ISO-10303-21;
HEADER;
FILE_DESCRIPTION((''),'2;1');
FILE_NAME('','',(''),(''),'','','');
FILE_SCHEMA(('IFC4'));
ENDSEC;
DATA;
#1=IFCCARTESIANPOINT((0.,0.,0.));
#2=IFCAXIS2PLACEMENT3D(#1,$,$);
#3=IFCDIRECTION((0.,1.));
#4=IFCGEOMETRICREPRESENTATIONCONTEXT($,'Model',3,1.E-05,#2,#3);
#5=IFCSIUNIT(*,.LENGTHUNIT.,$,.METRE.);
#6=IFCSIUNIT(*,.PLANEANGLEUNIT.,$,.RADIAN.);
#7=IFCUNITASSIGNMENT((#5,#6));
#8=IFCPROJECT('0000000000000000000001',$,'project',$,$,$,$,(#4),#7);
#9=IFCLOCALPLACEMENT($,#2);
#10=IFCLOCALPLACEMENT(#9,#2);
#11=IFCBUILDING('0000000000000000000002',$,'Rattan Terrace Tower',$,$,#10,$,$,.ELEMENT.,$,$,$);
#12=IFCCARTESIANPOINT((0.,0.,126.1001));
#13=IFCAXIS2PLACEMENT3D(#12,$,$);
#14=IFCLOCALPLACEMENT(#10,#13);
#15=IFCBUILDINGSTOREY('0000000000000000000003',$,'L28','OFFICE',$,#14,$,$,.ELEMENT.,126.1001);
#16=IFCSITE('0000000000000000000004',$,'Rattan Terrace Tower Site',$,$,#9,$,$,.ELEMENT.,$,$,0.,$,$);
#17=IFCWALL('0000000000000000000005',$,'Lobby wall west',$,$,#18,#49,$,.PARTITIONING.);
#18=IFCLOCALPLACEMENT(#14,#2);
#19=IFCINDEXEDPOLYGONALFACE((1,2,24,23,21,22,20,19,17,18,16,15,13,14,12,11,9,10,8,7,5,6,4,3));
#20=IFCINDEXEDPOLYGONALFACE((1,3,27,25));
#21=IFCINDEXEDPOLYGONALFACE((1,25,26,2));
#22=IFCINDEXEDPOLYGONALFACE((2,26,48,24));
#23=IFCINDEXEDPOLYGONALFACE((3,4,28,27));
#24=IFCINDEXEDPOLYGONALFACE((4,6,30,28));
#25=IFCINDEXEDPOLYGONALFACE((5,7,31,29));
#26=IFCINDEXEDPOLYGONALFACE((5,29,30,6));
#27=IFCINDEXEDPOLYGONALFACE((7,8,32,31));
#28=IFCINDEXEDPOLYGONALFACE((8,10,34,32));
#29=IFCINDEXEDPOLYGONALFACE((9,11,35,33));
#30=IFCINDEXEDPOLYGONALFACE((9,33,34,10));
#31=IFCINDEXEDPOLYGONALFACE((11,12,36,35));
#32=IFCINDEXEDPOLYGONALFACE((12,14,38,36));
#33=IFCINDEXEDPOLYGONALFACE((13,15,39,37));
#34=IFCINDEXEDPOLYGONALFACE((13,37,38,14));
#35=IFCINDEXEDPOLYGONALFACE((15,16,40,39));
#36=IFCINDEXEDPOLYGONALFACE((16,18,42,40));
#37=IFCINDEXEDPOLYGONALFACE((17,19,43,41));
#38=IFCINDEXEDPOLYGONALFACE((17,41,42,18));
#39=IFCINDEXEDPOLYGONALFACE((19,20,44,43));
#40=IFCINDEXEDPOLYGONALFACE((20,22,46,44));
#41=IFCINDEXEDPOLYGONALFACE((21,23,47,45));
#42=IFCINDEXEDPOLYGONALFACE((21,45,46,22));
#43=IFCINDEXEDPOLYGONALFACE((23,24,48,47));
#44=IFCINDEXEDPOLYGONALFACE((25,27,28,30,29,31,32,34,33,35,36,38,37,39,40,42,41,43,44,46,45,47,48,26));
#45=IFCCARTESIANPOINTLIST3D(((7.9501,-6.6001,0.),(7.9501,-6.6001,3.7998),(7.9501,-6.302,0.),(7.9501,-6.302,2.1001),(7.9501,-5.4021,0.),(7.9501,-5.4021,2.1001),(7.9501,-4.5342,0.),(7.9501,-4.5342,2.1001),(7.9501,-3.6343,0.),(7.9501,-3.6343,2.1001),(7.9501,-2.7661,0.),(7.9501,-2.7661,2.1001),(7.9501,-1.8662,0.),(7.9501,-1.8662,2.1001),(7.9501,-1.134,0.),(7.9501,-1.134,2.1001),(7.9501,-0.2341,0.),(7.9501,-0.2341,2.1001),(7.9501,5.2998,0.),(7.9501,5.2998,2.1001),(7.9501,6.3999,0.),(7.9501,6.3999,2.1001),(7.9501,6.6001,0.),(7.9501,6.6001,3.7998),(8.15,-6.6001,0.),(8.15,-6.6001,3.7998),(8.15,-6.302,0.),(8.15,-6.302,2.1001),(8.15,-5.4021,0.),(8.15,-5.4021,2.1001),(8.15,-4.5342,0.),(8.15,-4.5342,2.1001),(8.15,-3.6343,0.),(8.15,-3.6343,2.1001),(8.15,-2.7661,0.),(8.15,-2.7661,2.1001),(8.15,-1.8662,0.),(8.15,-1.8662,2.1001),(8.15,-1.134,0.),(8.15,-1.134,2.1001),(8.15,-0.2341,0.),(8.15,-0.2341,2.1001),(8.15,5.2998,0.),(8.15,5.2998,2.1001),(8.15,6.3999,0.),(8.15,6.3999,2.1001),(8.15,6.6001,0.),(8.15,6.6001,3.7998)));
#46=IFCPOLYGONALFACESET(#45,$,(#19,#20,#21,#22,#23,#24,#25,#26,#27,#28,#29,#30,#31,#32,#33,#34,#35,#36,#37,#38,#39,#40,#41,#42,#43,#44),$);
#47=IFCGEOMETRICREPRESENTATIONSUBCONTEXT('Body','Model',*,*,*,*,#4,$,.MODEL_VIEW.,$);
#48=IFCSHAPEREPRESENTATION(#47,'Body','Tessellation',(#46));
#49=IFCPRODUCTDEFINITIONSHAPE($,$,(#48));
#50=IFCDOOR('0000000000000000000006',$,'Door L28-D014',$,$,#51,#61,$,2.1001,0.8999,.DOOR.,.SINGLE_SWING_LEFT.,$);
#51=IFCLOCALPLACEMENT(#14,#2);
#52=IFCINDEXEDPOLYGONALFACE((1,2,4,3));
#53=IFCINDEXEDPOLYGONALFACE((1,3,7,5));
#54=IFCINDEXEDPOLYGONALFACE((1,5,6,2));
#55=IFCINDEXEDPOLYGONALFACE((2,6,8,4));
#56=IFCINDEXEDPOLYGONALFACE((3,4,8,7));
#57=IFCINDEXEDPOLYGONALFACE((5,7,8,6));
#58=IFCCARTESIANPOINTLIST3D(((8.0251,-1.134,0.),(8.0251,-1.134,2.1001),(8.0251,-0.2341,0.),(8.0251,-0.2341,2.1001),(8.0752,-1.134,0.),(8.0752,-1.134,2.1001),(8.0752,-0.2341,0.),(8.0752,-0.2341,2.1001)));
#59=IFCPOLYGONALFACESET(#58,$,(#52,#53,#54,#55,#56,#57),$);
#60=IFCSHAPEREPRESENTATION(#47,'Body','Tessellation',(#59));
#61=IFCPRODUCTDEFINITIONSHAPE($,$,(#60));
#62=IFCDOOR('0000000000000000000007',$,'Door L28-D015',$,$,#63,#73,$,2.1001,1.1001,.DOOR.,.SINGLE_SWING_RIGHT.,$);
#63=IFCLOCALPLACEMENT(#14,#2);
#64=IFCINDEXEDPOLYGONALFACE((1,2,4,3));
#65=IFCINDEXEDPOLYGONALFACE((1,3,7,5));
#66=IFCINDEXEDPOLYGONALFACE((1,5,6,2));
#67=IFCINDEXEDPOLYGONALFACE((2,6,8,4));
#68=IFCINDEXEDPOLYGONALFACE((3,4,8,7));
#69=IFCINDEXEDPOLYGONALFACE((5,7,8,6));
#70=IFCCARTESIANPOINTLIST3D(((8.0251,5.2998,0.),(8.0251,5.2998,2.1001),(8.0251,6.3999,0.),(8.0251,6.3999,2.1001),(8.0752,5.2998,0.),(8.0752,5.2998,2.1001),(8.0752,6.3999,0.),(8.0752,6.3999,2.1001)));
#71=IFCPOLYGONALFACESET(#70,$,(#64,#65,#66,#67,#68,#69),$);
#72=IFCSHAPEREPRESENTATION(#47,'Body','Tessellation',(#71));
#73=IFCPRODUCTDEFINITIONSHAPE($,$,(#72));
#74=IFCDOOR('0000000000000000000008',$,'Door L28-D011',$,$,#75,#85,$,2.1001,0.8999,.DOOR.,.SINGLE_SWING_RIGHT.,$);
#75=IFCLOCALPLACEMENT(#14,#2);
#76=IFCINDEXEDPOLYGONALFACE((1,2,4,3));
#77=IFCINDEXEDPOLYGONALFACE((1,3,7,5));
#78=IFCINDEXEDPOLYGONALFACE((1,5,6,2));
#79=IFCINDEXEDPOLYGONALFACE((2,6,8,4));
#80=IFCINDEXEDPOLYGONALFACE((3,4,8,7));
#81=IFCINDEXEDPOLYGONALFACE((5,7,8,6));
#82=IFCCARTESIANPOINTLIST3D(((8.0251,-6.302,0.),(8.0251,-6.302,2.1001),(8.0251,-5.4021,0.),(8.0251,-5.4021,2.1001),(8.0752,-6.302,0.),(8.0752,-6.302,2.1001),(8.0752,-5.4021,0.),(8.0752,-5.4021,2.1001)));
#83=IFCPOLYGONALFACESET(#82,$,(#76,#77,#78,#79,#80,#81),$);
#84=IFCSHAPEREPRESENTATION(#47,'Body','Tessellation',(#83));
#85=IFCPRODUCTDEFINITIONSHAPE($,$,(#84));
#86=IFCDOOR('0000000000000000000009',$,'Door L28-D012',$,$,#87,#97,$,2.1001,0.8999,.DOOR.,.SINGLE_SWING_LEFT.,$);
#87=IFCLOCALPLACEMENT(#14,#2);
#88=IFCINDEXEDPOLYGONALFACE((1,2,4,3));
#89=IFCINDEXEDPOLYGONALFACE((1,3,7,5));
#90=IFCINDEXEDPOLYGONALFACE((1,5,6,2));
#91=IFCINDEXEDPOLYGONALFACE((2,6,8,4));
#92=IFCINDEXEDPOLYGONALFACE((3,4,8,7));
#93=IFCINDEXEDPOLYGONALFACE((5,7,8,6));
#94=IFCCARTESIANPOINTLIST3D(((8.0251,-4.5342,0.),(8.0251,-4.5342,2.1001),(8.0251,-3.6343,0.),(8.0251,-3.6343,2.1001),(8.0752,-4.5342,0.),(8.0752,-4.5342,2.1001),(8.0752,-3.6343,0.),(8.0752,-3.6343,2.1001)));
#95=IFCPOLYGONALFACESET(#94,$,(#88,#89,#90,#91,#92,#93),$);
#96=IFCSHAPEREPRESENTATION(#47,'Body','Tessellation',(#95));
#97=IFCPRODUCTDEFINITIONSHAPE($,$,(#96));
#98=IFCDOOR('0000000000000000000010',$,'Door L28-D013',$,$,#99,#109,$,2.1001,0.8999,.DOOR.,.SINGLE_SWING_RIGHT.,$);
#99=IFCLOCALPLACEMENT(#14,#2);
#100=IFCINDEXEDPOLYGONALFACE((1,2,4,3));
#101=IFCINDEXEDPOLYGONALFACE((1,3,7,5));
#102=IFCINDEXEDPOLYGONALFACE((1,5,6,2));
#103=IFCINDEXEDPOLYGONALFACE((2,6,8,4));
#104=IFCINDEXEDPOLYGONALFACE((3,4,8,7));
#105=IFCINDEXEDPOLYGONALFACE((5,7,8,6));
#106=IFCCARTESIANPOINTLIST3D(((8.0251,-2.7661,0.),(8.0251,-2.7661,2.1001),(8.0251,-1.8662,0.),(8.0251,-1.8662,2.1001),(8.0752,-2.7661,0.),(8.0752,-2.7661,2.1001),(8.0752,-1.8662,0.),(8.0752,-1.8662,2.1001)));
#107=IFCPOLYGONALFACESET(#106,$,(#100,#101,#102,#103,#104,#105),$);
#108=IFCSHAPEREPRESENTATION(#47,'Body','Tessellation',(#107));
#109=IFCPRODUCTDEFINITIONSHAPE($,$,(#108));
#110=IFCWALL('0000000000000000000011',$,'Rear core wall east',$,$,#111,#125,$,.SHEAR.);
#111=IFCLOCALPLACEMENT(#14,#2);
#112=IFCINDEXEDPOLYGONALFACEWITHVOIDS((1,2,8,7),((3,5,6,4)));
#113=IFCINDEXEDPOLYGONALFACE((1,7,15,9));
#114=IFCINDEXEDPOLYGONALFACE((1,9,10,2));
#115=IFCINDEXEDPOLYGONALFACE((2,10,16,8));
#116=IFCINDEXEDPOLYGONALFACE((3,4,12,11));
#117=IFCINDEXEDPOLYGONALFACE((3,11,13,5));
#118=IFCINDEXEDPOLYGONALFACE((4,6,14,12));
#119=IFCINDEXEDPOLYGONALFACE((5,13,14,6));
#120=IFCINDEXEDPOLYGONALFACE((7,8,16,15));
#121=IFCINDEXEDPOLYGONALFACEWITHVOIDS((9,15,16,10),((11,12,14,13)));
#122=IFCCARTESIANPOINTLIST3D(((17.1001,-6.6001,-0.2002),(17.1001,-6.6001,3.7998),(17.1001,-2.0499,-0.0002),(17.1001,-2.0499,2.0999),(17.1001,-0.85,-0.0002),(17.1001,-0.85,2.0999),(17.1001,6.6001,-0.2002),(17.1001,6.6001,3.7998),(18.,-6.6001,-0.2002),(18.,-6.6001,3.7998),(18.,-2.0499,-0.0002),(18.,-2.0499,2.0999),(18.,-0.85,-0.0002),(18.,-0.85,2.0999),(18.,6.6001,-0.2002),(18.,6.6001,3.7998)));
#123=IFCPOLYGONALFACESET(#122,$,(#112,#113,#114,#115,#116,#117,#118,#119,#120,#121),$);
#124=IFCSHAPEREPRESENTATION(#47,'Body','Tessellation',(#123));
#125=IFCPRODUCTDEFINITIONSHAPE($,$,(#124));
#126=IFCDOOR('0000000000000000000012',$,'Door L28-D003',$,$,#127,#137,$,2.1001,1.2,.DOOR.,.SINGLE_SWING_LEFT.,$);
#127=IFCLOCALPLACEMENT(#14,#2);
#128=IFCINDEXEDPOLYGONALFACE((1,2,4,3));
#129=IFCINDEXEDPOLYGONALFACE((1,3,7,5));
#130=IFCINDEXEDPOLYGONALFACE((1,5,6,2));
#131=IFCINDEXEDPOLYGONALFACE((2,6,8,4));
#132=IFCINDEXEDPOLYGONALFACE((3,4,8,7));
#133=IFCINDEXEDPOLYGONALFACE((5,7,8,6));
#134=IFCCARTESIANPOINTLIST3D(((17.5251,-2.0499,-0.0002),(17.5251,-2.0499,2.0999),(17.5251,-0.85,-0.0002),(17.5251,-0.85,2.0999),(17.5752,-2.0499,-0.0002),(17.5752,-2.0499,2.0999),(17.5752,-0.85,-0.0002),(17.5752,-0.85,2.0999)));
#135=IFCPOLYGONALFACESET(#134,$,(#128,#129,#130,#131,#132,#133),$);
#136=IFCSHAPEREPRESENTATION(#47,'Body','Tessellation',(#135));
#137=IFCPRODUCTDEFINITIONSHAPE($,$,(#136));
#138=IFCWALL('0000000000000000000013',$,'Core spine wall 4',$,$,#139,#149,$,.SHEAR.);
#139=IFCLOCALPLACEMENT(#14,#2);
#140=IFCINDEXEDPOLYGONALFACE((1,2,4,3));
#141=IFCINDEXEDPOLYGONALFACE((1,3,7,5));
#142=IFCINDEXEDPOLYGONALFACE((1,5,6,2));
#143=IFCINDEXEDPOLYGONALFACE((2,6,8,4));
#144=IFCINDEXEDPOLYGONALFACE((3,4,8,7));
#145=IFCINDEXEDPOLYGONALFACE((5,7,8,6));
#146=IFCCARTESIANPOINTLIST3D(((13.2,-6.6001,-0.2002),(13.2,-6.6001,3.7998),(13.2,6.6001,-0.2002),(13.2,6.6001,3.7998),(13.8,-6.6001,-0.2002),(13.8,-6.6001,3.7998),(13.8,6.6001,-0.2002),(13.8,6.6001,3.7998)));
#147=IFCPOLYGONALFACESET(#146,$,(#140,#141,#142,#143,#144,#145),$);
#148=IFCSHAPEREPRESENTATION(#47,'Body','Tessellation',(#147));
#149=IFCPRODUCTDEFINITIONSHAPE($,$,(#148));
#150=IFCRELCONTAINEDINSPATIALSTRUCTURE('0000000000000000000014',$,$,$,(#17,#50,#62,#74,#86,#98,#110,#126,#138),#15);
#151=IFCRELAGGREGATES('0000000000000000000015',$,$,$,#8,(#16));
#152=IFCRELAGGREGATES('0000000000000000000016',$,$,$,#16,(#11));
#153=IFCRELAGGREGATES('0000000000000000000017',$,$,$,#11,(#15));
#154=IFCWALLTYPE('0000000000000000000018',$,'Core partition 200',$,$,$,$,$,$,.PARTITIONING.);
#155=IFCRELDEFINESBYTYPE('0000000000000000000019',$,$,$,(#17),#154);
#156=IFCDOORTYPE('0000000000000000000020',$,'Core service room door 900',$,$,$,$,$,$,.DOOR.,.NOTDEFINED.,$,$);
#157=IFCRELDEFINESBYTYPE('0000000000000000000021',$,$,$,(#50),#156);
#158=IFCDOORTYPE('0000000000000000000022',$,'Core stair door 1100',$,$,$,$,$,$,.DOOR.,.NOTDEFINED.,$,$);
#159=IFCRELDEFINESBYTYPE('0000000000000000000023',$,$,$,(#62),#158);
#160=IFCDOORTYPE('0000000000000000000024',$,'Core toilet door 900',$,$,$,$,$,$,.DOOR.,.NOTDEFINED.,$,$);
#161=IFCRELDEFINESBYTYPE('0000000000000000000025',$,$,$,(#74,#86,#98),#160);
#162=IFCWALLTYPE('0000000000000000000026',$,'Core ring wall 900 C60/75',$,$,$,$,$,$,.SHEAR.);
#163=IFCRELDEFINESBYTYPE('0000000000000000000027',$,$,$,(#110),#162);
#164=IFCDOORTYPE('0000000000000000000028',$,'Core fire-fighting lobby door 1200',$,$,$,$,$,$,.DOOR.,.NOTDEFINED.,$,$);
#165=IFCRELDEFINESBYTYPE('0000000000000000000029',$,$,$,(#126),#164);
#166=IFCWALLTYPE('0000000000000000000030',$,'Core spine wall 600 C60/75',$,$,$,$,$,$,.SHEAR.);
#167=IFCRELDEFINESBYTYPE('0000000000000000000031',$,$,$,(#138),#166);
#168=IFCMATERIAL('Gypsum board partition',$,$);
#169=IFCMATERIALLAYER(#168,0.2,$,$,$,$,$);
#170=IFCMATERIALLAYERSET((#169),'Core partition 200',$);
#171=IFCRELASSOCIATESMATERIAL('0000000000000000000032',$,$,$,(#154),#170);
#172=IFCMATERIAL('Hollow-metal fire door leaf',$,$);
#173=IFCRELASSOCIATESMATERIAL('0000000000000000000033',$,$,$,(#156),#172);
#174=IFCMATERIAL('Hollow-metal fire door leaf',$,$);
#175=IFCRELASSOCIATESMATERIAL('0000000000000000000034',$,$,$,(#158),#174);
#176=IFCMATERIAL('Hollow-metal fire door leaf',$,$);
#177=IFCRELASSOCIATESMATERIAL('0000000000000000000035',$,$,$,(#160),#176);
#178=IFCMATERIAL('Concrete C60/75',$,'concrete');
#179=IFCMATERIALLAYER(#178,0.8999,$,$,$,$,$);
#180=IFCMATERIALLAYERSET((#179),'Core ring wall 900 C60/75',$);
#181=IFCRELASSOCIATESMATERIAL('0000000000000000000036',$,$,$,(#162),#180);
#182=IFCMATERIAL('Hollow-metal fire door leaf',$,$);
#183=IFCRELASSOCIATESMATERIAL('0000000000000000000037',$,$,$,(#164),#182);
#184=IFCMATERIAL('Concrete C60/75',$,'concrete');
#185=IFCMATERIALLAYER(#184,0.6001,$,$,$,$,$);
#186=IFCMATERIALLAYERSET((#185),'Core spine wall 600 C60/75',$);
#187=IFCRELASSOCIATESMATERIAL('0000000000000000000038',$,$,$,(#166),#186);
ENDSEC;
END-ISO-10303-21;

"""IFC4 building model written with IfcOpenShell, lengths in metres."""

from ifc_helpers import new_model, si_unit, direction, frame, frame_2d, origin, place, context, subcontext, project, spatial, rectangle, extrude, material, layer, layer_set, type_object, element, fill, save


model = new_model("IFC4")

# Units and contexts
model_context = context("Model", 3, precision=1e-05, world=origin(), true_north=direction((0.0, 1.0)))
body_context = subcontext(model_context, "Body", "Model", "MODEL_VIEW")
ifc_project = project(units=[si_unit("LENGTHUNIT", "METRE"), si_unit("PLANEANGLEUNIT", "RADIAN")], contexts=[model_context])

# Site, building, storey
site_placement = place(None, origin())
site = spatial("IfcSite", under=ifc_project, at=site_placement, Name="Rattan Terrace Tower Site", CompositionType="ELEMENT", RefElevation=0.0)
building_placement = place(site_placement, origin())
building = spatial("IfcBuilding", under=site, at=building_placement, Name="Rattan Terrace Tower", CompositionType="ELEMENT")
storey_placement = place(building_placement, frame((0.0, 0.0, 126.1001)))
storey = spatial("IfcBuildingStorey", under=building, at=storey_placement, Name="L28", Description="OFFICE", CompositionType="ELEMENT", Elevation=126.1001)

# Shared definitions
ifc_material_1 = material(Name="Gypsum board partition")
ifc_layer_1 = layer(ifc_material_1, 0.2)
ifc_layer_set_1 = layer_set([ifc_layer_1], Name="Core partition 200")
wall_type_1 = type_object("IfcWallType", Name="Core partition 200", PredefinedType="PARTITIONING", material=ifc_layer_set_1)

# Wall, openings, doors
wall_1_placement = place(storey_placement, frame((8.05, -6.6001, 0.0), z_axis=(0.0, 0.0, 1.0), x_axis=(0.0, 1.0, 0.0)))
wall_1 = element("IfcWall", 1, at=wall_1_placement, inside=storey, type_object=wall_type_1, Name="Lobby wall west", PredefinedType="PARTITIONING", context=body_context, shape_type="SweptSolid", body=[
    extrude(rectangle(XDim=13.2002, YDim=0.2, at=frame_2d((6.6001, 0.0))), origin(), (0.0, 0.0, 1.0), 3.7998),
])
opening_1_placement = place(wall_1_placement, frame((0.2981, 0.0, 0.0)))
opening_1 = element("IfcOpeningElement", 2, at=opening_1_placement, cuts=wall_1, PredefinedType="OPENING", context=body_context, shape_type="SweptSolid", body=[
    extrude(rectangle(XDim=0.8999, YDim=2.1001, at=frame_2d((0.45, 1.05))), frame((0.0, 0.1106, 0.0), z_axis=(0.0, -1.0, 0.0), x_axis=(1.0, 0.0, 0.0)), (0.0, 0.0, 1.0), 0.2209),
])
opening_2_placement = place(wall_1_placement, frame((2.0659, 0.0, 0.0)))
opening_2 = element("IfcOpeningElement", 3, at=opening_2_placement, cuts=wall_1, PredefinedType="OPENING", context=body_context, shape_type="SweptSolid", body=[
    extrude(rectangle(XDim=0.8999, YDim=2.1001, at=frame_2d((0.45, 1.05))), frame((0.0, 0.1106, 0.0), z_axis=(0.0, -1.0, 0.0), x_axis=(1.0, 0.0, 0.0)), (0.0, 0.0, 1.0), 0.2209),
])
opening_3_placement = place(wall_1_placement, frame((3.834, 0.0, 0.0)))
opening_3 = element("IfcOpeningElement", 4, at=opening_3_placement, cuts=wall_1, PredefinedType="OPENING", context=body_context, shape_type="SweptSolid", body=[
    extrude(rectangle(XDim=0.8999, YDim=2.1001, at=frame_2d((0.45, 1.05))), frame((0.0, 0.1106, 0.0), z_axis=(0.0, -1.0, 0.0), x_axis=(1.0, 0.0, 0.0)), (0.0, 0.0, 1.0), 0.2209),
])
opening_4_placement = place(wall_1_placement, frame((5.4661, 0.0, 0.0)))
opening_4 = element("IfcOpeningElement", 5, at=opening_4_placement, cuts=wall_1, PredefinedType="OPENING", context=body_context, shape_type="SweptSolid", body=[
    extrude(rectangle(XDim=0.8999, YDim=2.1001, at=frame_2d((0.45, 1.05))), frame((0.0, 0.1106, 0.0), z_axis=(0.0, -1.0, 0.0), x_axis=(1.0, 0.0, 0.0)), (0.0, 0.0, 1.0), 0.2209),
])
opening_5_placement = place(wall_1_placement, frame((11.8999, 0.0, 0.0)))
opening_5 = element("IfcOpeningElement", 6, at=opening_5_placement, cuts=wall_1, PredefinedType="OPENING", context=body_context, shape_type="SweptSolid", body=[
    extrude(rectangle(XDim=1.1001, YDim=2.1001, at=frame_2d((0.55, 1.05))), frame((0.0, 0.1106, 0.0), z_axis=(0.0, -1.0, 0.0), x_axis=(1.0, 0.0, 0.0)), (0.0, 0.0, 1.0), 0.2209),
])
ifc_material_2 = material(Name="Hollow-metal fire door leaf")
door_type_1 = type_object("IfcDoorType", Name="Core service room door 900", OperationType="NOTDEFINED", PredefinedType="DOOR", material=ifc_material_2)
door_1_placement = place(opening_4_placement, origin())
door_1 = element("IfcDoor", 7, at=door_1_placement, inside=storey, type_object=door_type_1, Name="Door L28-D014", OperationType="SINGLE_SWING_LEFT", OverallHeight=2.1001, OverallWidth=0.8999, PredefinedType="DOOR", context=body_context, shape_type="SweptSolid", body=[
    extrude(rectangle(XDim=0.8999, YDim=2.1001, at=frame_2d((0.45, 1.05))), frame((0.0, 0.0249, 0.0), z_axis=(0.0, -1.0, 0.0), x_axis=(1.0, 0.0, 0.0)), (0.0, 0.0, 1.0), 0.05),
])
fill(opening_4, door_1)
ifc_material_3 = material(Name="Hollow-metal fire door leaf")
door_type_2 = type_object("IfcDoorType", Name="Core stair door 1100", OperationType="NOTDEFINED", PredefinedType="DOOR", material=ifc_material_3)
door_2_placement = place(opening_5_placement, origin())
door_2 = element("IfcDoor", 8, at=door_2_placement, inside=storey, type_object=door_type_2, Name="Door L28-D015", OperationType="SINGLE_SWING_RIGHT", OverallHeight=2.1001, OverallWidth=1.1001, PredefinedType="DOOR", context=body_context, shape_type="SweptSolid", body=[
    extrude(rectangle(XDim=1.1001, YDim=2.1001, at=frame_2d((0.55, 1.05))), frame((0.0, 0.0249, 0.0), z_axis=(0.0, -1.0, 0.0), x_axis=(1.0, 0.0, 0.0)), (0.0, 0.0, 1.0), 0.05),
])
fill(opening_5, door_2)
ifc_material_4 = material(Name="Hollow-metal fire door leaf")
door_type_3 = type_object("IfcDoorType", Name="Core toilet door 900", OperationType="NOTDEFINED", PredefinedType="DOOR", material=ifc_material_4)
door_3_placement = place(opening_1_placement, origin())
door_3 = element("IfcDoor", 9, at=door_3_placement, inside=storey, type_object=door_type_3, Name="Door L28-D011", OperationType="SINGLE_SWING_RIGHT", OverallHeight=2.1001, OverallWidth=0.8999, PredefinedType="DOOR", context=body_context, shape_type="SweptSolid", body=[
    extrude(rectangle(XDim=0.8999, YDim=2.1001, at=frame_2d((0.45, 1.05))), frame((0.0, 0.0249, 0.0), z_axis=(0.0, -1.0, 0.0), x_axis=(1.0, 0.0, 0.0)), (0.0, 0.0, 1.0), 0.05),
])
fill(opening_1, door_3)
door_4_placement = place(opening_2_placement, origin())
door_4 = element("IfcDoor", 10, at=door_4_placement, inside=storey, type_object=door_type_3, Name="Door L28-D012", OperationType="SINGLE_SWING_LEFT", OverallHeight=2.1001, OverallWidth=0.8999, PredefinedType="DOOR", context=body_context, shape_type="SweptSolid", body=[
    extrude(rectangle(XDim=0.8999, YDim=2.1001, at=frame_2d((0.45, 1.05))), frame((0.0, 0.0249, 0.0), z_axis=(0.0, -1.0, 0.0), x_axis=(1.0, 0.0, 0.0)), (0.0, 0.0, 1.0), 0.05),
])
fill(opening_2, door_4)
door_5_placement = place(opening_3_placement, origin())
door_5 = element("IfcDoor", 11, at=door_5_placement, inside=storey, type_object=door_type_3, Name="Door L28-D013", OperationType="SINGLE_SWING_RIGHT", OverallHeight=2.1001, OverallWidth=0.8999, PredefinedType="DOOR", context=body_context, shape_type="SweptSolid", body=[
    extrude(rectangle(XDim=0.8999, YDim=2.1001, at=frame_2d((0.45, 1.05))), frame((0.0, 0.0249, 0.0), z_axis=(0.0, -1.0, 0.0), x_axis=(1.0, 0.0, 0.0)), (0.0, 0.0, 1.0), 0.05),
])
fill(opening_3, door_5)

# Wall, opening, door
ifc_material_5 = material(Name="Concrete C60/75", Category="concrete")
ifc_layer_2 = layer(ifc_material_5, 0.8999)
ifc_layer_set_2 = layer_set([ifc_layer_2], Name="Core ring wall 900 C60/75")
wall_type_2 = type_object("IfcWallType", Name="Core ring wall 900 C60/75", PredefinedType="SHEAR", material=ifc_layer_set_2)
wall_2_placement = place(storey_placement, frame((17.55, -6.6001, -0.2002), z_axis=(0.0, 0.0, 1.0), x_axis=(0.0, 1.0, 0.0)))
wall_2 = element("IfcWall", 12, at=wall_2_placement, inside=storey, type_object=wall_type_2, Name="Rear core wall east", PredefinedType="SHEAR", context=body_context, shape_type="SweptSolid", body=[
    extrude(rectangle(XDim=13.2002, YDim=0.8999, at=frame_2d((6.6001, 0.0))), origin(), (0.0, 0.0, 1.0), 4.0),
])
opening_6_placement = place(wall_2_placement, frame((4.55, 0.0, 0.2)))
opening_6 = element("IfcOpeningElement", 13, at=opening_6_placement, cuts=wall_2, PredefinedType="OPENING", context=body_context, shape_type="SweptSolid", body=[
    extrude(rectangle(XDim=1.2, YDim=2.1001, at=frame_2d((0.6001, 1.05))), frame((0.0, 0.4604, 0.0), z_axis=(0.0, -1.0, 0.0), x_axis=(1.0, 0.0, 0.0)), (0.0, 0.0, 1.0), 0.9209),
])
ifc_material_6 = material(Name="Hollow-metal fire door leaf")
door_type_4 = type_object("IfcDoorType", Name="Core fire-fighting lobby door 1200", OperationType="NOTDEFINED", PredefinedType="DOOR", material=ifc_material_6)
door_6_placement = place(opening_6_placement, origin())
door_6 = element("IfcDoor", 14, at=door_6_placement, inside=storey, type_object=door_type_4, Name="Door L28-D003", OperationType="SINGLE_SWING_LEFT", OverallHeight=2.1001, OverallWidth=1.2, PredefinedType="DOOR", context=body_context, shape_type="SweptSolid", body=[
    extrude(rectangle(XDim=1.2, YDim=2.1001, at=frame_2d((0.6001, 1.05))), frame((0.0, 0.0249, 0.0), z_axis=(0.0, -1.0, 0.0), x_axis=(1.0, 0.0, 0.0)), (0.0, 0.0, 1.0), 0.05),
])
fill(opening_6, door_6)

# Wall
ifc_material_7 = material(Name="Concrete C60/75", Category="concrete")
ifc_layer_3 = layer(ifc_material_7, 0.6001)
ifc_layer_set_3 = layer_set([ifc_layer_3], Name="Core spine wall 600 C60/75")
wall_type_3 = type_object("IfcWallType", Name="Core spine wall 600 C60/75", PredefinedType="SHEAR", material=ifc_layer_set_3)
wall_3_placement = place(storey_placement, frame((13.5, -6.6001, -0.2002), z_axis=(0.0, 0.0, 1.0), x_axis=(0.0, 1.0, 0.0)))
element("IfcWall", 15, at=wall_3_placement, inside=storey, type_object=wall_type_3, Name="Core spine wall 4", PredefinedType="SHEAR", context=body_context, shape_type="SweptSolid", body=[
    extrude(rectangle(XDim=13.2002, YDim=0.6001, at=frame_2d((6.6001, 0.0))), origin(), (0.0, 0.0, 1.0), 4.0),
])

save(model, "model.ifc")
